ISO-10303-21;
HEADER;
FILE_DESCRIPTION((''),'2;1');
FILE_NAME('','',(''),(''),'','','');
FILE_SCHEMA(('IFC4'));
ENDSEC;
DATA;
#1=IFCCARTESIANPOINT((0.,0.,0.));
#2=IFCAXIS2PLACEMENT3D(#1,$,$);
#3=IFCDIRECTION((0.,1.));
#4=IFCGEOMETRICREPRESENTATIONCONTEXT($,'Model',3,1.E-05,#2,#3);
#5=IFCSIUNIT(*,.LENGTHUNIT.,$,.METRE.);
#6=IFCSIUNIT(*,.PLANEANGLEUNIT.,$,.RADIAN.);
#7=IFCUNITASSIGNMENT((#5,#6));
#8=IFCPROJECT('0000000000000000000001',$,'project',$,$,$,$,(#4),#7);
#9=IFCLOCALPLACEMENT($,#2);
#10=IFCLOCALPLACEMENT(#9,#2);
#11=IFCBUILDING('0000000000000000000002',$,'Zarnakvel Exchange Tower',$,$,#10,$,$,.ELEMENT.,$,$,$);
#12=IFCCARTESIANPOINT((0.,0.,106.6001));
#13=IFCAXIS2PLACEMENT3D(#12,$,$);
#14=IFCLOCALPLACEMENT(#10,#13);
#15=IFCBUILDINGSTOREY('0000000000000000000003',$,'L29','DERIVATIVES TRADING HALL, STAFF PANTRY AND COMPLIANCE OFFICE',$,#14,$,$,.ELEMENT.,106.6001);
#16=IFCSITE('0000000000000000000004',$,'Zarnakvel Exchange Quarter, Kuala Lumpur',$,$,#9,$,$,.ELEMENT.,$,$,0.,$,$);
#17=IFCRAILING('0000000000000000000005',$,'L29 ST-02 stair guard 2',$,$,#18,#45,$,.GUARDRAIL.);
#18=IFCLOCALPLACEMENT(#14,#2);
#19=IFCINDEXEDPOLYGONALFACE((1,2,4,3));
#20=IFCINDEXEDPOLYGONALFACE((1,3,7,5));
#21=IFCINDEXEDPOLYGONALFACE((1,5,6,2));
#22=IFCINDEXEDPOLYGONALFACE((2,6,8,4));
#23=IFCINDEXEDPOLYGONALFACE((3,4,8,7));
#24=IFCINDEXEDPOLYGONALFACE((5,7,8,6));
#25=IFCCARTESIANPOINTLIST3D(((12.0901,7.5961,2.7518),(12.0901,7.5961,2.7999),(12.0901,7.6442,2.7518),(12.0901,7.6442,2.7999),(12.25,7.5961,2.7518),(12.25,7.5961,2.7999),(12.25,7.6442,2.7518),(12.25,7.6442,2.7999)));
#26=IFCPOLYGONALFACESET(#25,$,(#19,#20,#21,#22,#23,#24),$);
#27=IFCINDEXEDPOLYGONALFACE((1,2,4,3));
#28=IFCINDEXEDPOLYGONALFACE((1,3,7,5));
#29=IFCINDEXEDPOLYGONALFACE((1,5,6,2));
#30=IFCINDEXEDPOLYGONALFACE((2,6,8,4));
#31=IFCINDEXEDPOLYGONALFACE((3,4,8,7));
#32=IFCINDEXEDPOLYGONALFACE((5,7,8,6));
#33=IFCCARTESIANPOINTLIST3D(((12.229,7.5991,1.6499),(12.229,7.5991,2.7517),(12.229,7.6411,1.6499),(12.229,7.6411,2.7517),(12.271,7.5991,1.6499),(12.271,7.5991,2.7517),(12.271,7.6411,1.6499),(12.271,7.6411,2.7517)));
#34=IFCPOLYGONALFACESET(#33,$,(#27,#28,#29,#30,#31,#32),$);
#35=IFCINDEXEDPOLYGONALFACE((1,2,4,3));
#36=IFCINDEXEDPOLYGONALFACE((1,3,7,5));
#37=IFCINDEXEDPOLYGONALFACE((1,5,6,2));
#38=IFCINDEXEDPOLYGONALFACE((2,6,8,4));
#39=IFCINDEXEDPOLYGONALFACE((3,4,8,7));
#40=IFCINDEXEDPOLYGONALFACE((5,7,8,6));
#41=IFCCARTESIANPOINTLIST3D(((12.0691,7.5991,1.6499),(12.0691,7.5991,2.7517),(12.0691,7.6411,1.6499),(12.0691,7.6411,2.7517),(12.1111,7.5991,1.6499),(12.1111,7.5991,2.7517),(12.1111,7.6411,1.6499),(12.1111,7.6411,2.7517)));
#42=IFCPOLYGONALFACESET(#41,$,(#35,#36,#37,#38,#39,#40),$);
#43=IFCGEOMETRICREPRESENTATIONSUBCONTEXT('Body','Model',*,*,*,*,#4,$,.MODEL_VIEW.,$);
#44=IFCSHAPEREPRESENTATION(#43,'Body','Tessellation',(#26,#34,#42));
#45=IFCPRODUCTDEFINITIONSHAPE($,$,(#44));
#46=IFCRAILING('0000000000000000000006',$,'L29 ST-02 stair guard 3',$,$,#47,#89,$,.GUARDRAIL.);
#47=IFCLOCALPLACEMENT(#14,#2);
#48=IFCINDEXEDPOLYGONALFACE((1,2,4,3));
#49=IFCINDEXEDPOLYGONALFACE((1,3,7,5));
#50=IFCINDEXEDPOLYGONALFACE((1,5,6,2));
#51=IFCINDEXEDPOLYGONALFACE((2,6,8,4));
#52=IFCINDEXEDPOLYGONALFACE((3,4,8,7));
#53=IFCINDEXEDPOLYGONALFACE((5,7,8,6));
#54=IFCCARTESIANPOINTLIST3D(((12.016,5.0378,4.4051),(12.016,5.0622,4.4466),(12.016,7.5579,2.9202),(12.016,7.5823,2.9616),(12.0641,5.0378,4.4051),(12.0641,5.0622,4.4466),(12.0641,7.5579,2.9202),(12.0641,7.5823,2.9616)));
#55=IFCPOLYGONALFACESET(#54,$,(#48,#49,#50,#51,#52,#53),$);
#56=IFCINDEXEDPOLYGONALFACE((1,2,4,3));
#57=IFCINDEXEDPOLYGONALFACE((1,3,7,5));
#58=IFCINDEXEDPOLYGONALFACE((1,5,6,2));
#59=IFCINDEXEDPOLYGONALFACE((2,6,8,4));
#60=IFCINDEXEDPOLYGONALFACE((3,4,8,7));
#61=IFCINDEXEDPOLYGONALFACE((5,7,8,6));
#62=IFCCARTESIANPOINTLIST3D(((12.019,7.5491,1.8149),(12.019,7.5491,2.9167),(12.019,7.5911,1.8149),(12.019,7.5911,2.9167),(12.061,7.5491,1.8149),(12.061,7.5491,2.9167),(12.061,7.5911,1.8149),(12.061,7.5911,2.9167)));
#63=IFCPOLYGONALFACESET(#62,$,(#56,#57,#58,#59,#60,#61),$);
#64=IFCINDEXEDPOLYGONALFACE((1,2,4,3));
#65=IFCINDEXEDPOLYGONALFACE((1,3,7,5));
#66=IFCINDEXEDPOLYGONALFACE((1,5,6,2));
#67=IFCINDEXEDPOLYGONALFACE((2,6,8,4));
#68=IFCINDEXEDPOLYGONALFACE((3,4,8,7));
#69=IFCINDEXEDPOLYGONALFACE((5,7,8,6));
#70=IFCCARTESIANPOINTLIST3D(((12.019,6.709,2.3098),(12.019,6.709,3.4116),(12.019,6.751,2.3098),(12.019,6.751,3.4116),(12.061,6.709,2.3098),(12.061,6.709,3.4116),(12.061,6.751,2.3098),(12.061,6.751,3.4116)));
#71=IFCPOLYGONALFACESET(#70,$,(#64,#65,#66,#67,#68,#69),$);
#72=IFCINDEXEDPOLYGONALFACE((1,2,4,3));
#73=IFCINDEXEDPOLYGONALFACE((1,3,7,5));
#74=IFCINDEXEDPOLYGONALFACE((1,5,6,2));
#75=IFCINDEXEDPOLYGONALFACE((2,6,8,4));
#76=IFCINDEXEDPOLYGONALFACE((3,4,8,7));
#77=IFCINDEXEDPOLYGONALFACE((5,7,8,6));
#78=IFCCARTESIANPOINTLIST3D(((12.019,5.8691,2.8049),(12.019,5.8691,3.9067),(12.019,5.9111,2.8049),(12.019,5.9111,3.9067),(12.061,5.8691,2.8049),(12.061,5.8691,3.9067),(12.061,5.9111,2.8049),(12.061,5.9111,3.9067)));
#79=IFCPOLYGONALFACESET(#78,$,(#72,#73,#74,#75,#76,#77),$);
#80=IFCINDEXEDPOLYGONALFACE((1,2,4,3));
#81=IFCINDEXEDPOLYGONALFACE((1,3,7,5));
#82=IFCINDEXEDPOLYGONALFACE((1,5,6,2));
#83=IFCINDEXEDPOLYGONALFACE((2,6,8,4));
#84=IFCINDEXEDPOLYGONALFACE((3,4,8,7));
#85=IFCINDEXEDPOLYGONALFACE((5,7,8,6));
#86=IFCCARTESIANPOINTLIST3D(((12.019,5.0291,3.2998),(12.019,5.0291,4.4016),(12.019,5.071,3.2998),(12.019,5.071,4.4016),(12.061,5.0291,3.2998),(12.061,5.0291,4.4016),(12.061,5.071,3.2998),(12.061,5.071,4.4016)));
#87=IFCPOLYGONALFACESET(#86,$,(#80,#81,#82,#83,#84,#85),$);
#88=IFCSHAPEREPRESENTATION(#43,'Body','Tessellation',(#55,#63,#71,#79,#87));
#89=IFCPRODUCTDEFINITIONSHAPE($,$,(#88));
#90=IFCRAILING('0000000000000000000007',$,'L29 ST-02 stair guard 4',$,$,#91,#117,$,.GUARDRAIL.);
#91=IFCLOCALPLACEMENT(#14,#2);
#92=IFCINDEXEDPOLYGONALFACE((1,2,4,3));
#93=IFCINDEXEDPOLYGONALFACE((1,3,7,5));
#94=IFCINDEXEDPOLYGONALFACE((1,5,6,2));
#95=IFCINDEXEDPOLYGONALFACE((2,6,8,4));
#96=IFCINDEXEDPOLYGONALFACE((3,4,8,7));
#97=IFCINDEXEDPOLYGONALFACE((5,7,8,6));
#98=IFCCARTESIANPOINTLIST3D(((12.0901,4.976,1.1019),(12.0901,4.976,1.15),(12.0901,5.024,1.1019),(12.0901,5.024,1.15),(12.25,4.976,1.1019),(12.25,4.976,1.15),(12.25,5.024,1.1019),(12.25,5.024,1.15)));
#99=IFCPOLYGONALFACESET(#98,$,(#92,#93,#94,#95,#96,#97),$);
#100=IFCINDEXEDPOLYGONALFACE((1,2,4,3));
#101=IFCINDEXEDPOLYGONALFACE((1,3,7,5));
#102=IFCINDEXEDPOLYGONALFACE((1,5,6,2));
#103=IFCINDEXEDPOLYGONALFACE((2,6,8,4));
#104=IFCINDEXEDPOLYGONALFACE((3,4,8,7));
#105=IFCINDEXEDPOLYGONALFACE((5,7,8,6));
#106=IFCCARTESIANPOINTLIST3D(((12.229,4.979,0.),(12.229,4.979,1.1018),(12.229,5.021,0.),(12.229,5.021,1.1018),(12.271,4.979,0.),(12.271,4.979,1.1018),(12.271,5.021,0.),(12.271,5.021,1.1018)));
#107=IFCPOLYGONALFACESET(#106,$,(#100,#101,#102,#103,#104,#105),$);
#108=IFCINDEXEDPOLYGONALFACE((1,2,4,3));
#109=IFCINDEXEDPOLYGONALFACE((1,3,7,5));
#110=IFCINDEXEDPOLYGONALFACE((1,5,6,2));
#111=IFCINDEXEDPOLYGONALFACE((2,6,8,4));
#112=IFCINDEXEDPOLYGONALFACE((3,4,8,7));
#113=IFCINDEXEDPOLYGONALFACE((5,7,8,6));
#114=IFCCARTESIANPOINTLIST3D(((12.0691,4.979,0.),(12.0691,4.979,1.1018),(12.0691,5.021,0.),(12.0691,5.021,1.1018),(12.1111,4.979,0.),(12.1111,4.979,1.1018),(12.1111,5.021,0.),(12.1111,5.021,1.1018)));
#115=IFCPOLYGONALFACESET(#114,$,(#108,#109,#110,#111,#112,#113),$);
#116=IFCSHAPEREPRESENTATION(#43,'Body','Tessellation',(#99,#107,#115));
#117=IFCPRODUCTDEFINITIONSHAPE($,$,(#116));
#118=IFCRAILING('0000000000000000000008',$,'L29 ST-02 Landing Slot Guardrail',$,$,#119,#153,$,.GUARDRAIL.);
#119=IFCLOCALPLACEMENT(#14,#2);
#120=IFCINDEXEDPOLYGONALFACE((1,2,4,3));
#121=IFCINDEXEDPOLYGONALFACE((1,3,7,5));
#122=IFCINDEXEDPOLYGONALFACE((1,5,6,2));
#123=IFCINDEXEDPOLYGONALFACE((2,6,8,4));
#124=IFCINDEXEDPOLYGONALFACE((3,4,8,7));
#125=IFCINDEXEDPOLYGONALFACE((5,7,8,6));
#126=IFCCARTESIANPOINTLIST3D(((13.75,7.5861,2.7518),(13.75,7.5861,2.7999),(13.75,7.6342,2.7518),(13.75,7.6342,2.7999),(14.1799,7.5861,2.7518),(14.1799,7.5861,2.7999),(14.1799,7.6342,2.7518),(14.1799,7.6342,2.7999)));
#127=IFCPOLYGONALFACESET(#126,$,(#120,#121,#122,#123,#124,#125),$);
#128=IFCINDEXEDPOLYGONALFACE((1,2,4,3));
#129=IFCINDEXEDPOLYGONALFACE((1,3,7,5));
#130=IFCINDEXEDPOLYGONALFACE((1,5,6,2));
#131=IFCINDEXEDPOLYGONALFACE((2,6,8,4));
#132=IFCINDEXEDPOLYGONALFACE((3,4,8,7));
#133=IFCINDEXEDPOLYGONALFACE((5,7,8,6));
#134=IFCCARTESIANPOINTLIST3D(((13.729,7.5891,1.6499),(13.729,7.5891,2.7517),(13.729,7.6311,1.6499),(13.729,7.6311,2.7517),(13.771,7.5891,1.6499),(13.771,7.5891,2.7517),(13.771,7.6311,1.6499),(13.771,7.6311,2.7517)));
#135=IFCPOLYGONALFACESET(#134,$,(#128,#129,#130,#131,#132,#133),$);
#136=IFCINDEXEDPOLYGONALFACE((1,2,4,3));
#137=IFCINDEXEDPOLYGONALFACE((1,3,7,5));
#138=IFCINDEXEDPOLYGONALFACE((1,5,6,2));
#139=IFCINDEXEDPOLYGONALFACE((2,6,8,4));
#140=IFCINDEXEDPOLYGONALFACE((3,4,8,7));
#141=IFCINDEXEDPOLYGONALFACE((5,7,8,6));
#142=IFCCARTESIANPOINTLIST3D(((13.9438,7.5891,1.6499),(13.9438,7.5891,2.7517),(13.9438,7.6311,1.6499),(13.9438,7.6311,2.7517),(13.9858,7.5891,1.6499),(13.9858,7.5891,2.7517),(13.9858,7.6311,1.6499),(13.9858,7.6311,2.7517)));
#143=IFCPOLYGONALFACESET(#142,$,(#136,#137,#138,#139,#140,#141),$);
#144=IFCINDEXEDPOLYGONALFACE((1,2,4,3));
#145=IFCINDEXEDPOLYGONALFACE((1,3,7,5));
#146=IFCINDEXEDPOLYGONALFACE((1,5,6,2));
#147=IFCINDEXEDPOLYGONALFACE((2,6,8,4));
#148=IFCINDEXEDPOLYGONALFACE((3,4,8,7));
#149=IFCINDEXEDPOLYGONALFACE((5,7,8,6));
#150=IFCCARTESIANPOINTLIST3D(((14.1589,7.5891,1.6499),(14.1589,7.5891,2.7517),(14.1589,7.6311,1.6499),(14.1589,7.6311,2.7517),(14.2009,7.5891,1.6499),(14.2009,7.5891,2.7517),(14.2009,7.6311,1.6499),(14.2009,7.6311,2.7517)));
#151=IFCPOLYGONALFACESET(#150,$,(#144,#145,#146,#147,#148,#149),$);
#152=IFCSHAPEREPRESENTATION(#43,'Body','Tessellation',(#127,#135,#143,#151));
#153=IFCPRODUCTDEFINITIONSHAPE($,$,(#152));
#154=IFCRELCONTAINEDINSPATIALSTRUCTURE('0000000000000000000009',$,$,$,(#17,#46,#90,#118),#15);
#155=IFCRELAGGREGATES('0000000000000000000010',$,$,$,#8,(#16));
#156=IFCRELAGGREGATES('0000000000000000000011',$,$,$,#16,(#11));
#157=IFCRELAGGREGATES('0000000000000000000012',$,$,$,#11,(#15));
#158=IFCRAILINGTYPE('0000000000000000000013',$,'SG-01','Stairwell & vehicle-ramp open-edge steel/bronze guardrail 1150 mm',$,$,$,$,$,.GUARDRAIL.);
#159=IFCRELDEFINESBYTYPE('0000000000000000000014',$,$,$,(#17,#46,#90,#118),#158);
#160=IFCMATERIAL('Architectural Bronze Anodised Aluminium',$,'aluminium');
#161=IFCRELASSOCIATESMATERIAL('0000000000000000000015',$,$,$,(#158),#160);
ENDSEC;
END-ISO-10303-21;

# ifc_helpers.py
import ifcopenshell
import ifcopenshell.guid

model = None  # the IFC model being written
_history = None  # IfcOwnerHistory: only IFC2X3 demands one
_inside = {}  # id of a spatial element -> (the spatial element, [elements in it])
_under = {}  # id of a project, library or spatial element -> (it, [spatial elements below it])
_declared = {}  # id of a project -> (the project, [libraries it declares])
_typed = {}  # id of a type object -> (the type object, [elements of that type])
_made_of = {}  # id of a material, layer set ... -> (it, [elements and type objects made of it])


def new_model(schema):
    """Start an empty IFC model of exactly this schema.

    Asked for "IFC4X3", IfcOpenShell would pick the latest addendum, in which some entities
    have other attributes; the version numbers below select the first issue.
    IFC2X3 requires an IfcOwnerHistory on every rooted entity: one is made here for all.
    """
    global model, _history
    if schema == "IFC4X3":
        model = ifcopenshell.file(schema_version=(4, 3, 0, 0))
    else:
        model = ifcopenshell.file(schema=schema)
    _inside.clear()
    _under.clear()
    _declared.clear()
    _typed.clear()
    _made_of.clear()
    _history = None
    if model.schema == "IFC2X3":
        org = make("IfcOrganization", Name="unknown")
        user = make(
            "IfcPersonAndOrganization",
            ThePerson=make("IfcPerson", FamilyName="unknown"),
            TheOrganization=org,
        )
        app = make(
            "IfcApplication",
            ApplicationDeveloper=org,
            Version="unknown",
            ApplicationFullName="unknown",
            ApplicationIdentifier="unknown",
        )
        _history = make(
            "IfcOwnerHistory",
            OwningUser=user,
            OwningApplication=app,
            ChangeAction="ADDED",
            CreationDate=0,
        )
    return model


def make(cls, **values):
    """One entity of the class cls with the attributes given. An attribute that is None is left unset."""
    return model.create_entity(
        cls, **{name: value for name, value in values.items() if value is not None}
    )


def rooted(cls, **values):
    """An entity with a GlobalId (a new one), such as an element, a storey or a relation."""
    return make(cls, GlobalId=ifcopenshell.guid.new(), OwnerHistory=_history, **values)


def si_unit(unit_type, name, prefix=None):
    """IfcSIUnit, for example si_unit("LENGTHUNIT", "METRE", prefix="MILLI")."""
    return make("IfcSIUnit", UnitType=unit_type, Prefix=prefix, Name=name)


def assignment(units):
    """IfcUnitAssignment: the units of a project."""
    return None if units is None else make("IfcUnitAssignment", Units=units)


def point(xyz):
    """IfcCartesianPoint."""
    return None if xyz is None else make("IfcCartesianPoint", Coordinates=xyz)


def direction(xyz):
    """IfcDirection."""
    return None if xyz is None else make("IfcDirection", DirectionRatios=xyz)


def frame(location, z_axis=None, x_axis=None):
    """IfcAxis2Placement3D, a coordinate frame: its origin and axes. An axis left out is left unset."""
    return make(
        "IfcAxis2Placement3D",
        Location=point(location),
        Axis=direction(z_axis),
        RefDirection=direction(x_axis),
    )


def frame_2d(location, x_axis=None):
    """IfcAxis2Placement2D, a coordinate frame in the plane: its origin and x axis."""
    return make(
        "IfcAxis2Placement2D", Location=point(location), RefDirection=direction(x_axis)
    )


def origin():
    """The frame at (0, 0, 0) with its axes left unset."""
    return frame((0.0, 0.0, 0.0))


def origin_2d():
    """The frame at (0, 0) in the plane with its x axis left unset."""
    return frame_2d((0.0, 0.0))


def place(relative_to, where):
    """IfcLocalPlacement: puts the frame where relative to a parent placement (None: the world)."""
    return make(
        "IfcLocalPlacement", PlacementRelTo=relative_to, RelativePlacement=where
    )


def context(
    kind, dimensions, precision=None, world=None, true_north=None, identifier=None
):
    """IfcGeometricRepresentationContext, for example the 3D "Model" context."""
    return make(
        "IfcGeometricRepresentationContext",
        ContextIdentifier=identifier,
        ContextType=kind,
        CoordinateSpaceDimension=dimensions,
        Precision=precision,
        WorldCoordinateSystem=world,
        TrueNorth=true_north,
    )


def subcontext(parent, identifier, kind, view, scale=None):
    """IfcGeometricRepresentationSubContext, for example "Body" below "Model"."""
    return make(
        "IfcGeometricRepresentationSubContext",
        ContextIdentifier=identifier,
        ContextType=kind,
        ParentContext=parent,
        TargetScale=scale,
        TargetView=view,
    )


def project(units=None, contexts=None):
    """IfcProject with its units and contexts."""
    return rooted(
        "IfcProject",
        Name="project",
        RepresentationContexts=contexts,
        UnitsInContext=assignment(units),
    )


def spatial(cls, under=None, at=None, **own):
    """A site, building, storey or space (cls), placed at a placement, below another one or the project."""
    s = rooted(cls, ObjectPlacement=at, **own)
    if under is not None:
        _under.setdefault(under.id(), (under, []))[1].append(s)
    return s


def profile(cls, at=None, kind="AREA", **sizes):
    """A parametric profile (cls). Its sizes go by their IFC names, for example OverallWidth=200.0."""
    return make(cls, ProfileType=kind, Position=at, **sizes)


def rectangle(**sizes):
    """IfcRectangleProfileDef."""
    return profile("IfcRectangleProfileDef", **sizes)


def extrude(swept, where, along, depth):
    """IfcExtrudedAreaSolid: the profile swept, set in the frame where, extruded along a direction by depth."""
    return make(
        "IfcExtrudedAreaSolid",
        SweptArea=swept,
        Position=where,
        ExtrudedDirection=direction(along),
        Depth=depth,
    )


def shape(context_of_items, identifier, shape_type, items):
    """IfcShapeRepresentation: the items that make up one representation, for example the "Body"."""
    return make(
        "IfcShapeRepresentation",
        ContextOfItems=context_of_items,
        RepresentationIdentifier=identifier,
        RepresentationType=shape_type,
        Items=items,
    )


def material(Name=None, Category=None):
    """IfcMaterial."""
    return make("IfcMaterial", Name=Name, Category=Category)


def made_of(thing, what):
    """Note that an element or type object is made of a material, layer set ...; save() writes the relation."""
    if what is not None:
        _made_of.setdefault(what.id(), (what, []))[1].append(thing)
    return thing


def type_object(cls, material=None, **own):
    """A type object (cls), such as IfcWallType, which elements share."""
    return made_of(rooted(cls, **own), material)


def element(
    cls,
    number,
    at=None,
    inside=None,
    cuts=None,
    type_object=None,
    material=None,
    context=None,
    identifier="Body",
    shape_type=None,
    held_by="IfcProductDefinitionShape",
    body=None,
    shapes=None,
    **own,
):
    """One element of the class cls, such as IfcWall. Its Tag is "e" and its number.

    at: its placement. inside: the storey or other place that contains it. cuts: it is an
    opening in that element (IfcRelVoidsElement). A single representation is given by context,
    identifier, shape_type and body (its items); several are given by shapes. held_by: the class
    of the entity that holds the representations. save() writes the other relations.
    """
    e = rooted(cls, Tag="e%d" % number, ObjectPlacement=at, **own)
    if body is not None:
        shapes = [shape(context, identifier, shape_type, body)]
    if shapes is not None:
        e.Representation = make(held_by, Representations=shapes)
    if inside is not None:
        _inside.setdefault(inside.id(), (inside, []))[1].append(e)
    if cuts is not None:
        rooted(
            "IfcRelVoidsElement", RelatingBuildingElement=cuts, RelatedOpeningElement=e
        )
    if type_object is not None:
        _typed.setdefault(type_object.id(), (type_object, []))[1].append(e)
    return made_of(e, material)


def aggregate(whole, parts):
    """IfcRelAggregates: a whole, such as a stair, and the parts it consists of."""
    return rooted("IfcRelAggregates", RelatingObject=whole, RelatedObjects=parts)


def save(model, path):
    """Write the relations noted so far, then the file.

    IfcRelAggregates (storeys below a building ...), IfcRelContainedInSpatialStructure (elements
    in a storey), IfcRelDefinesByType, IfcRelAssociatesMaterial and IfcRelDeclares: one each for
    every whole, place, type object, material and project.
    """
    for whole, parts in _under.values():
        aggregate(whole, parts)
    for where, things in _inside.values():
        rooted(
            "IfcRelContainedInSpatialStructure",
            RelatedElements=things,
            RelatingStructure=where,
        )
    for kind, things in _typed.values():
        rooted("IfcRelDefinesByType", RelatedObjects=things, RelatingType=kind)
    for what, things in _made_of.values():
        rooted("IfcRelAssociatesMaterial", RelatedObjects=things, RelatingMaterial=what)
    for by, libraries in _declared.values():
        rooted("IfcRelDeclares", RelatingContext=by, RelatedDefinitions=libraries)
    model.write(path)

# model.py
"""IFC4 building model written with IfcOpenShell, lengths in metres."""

from ifc_helpers import new_model, si_unit, direction, frame, origin, origin_2d, place, context, subcontext, project, spatial, rectangle, extrude, material, type_object, element, save


model = new_model("IFC4")

# Units and contexts
model_context = context("Model", 3, precision=1e-05, world=origin(), true_north=direction((0.0, 1.0)))
body_context = subcontext(model_context, "Body", "Model", "MODEL_VIEW")
ifc_project = project(units=[si_unit("LENGTHUNIT", "METRE"), si_unit("PLANEANGLEUNIT", "RADIAN")], contexts=[model_context])

# Site, building, storey
site_placement = place(None, origin())
site = spatial("IfcSite", under=ifc_project, at=site_placement, Name="Zarnakvel Exchange Quarter, Kuala Lumpur", CompositionType="ELEMENT", RefElevation=0.0)
building_placement = place(site_placement, origin())
building = spatial("IfcBuilding", under=site, at=building_placement, Name="Zarnakvel Exchange Tower", CompositionType="ELEMENT")
storey_placement = place(building_placement, frame((0.0, 0.0, 106.6001)))
storey = spatial("IfcBuildingStorey", under=building, at=storey_placement, Name="L29", Description="DERIVATIVES TRADING HALL, STAFF PANTRY AND COMPLIANCE OFFICE", CompositionType="ELEMENT", Elevation=106.6001)

# Shared definitions
ifc_material_1 = material(Name="Architectural Bronze Anodised Aluminium", Category="aluminium")

# Railings
railing_type_1 = type_object("IfcRailingType", Name="SG-01", Description="Stairwell & vehicle-ramp open-edge steel/bronze guardrail 1150 mm", PredefinedType="GUARDRAIL", material=ifc_material_1)
railing_1_placement = place(storey_placement, frame((12.25, 7.6201, 1.6499)))
element("IfcRailing", 1, at=railing_1_placement, inside=storey, type_object=railing_type_1, Name="L29 ST-02 stair guard 2", PredefinedType="GUARDRAIL", context=body_context, shape_type="SweptSolid", body=[
    extrude(rectangle(XDim=0.0481, YDim=0.0481, at=origin_2d()), frame((0.0, 0.0, 1.126), z_axis=(-1.0, 0.0, 0.0), x_axis=(0.0, -1.0, 0.0)), (0.0, 0.0, 1.0), 0.1599),
    extrude(rectangle(XDim=0.042, YDim=0.042, at=origin_2d()), origin(), (0.0, 0.0, 1.0), 1.1018),
    extrude(rectangle(XDim=0.042, YDim=0.042, at=origin_2d()), frame((-0.1599, 0.0, 0.0)), (0.0, 0.0, 1.0), 1.1018),
])
railing_2_placement = place(storey_placement, frame((12.04, 7.5701, 1.8149)))
element("IfcRailing", 2, at=railing_2_placement, inside=storey, type_object=railing_type_1, Name="L29 ST-02 stair guard 3", PredefinedType="GUARDRAIL", context=body_context, shape_type="SweptSolid", body=[
    extrude(rectangle(XDim=0.0481, YDim=0.0481, at=origin_2d()), frame((0.0, 0.0, 1.126), z_axis=(0.0, -0.861561, 0.507655), x_axis=(1.0, 0.0, 0.0)), (0.0, 0.0, 1.0), 2.925),
    extrude(rectangle(XDim=0.042, YDim=0.042, at=origin_2d()), origin(), (0.0, 0.0, 1.0), 1.1018),
    extrude(rectangle(XDim=0.042, YDim=0.042, at=origin_2d()), frame((0.0, -0.8401, 0.4949)), (0.0, 0.0, 1.0), 1.1018),
    extrude(rectangle(XDim=0.042, YDim=0.042, at=origin_2d()), frame((0.0, -1.6799, 0.99)), (0.0, 0.0, 1.0), 1.1018),
    extrude(rectangle(XDim=0.042, YDim=0.042, at=origin_2d()), frame((0.0, -2.52, 1.4849)), (0.0, 0.0, 1.0), 1.1018),
])
railing_3_placement = place(storey_placement, frame((12.25, 5.0, 0.0)))
element("IfcRailing", 3, at=railing_3_placement, inside=storey, type_object=railing_type_1, Name="L29 ST-02 stair guard 4", PredefinedType="GUARDRAIL", context=body_context, shape_type="SweptSolid", body=[
    extrude(rectangle(XDim=0.0481, YDim=0.0481, at=origin_2d()), frame((0.0, 0.0, 1.126), z_axis=(-1.0, 0.0, 0.0), x_axis=(0.0, -1.0, 0.0)), (0.0, 0.0, 1.0), 0.1599),
    extrude(rectangle(XDim=0.042, YDim=0.042, at=origin_2d()), origin(), (0.0, 0.0, 1.0), 1.1018),
    extrude(rectangle(XDim=0.042, YDim=0.042, at=origin_2d()), frame((-0.1599, 0.0, 0.0)), (0.0, 0.0, 1.0), 1.1018),
])
railing_4_placement = place(storey_placement, frame((13.75, 7.6101, 1.6499)))
element("IfcRailing", 4, at=railing_4_placement, inside=storey, type_object=railing_type_1, Name="L29 ST-02 Landing Slot Guardrail", PredefinedType="GUARDRAIL", context=body_context, shape_type="SweptSolid", body=[
    extrude(rectangle(XDim=0.0481, YDim=0.0481, at=origin_2d()), frame((0.0, 0.0, 1.126), z_axis=(1.0, 0.0, 0.0), x_axis=(0.0, 1.0, 0.0)), (0.0, 0.0, 1.0), 0.4299),
    extrude(rectangle(XDim=0.042, YDim=0.042, at=origin_2d()), origin(), (0.0, 0.0, 1.0), 1.1018),
    extrude(rectangle(XDim=0.042, YDim=0.042, at=origin_2d()), frame((0.2148, 0.0, 0.0)), (0.0, 0.0, 1.0), 1.1018),
    extrude(rectangle(XDim=0.042, YDim=0.042, at=origin_2d()), frame((0.4299, 0.0, 0.0)), (0.0, 0.0, 1.0), 1.1018),
])

save(model, "model.ifc")
